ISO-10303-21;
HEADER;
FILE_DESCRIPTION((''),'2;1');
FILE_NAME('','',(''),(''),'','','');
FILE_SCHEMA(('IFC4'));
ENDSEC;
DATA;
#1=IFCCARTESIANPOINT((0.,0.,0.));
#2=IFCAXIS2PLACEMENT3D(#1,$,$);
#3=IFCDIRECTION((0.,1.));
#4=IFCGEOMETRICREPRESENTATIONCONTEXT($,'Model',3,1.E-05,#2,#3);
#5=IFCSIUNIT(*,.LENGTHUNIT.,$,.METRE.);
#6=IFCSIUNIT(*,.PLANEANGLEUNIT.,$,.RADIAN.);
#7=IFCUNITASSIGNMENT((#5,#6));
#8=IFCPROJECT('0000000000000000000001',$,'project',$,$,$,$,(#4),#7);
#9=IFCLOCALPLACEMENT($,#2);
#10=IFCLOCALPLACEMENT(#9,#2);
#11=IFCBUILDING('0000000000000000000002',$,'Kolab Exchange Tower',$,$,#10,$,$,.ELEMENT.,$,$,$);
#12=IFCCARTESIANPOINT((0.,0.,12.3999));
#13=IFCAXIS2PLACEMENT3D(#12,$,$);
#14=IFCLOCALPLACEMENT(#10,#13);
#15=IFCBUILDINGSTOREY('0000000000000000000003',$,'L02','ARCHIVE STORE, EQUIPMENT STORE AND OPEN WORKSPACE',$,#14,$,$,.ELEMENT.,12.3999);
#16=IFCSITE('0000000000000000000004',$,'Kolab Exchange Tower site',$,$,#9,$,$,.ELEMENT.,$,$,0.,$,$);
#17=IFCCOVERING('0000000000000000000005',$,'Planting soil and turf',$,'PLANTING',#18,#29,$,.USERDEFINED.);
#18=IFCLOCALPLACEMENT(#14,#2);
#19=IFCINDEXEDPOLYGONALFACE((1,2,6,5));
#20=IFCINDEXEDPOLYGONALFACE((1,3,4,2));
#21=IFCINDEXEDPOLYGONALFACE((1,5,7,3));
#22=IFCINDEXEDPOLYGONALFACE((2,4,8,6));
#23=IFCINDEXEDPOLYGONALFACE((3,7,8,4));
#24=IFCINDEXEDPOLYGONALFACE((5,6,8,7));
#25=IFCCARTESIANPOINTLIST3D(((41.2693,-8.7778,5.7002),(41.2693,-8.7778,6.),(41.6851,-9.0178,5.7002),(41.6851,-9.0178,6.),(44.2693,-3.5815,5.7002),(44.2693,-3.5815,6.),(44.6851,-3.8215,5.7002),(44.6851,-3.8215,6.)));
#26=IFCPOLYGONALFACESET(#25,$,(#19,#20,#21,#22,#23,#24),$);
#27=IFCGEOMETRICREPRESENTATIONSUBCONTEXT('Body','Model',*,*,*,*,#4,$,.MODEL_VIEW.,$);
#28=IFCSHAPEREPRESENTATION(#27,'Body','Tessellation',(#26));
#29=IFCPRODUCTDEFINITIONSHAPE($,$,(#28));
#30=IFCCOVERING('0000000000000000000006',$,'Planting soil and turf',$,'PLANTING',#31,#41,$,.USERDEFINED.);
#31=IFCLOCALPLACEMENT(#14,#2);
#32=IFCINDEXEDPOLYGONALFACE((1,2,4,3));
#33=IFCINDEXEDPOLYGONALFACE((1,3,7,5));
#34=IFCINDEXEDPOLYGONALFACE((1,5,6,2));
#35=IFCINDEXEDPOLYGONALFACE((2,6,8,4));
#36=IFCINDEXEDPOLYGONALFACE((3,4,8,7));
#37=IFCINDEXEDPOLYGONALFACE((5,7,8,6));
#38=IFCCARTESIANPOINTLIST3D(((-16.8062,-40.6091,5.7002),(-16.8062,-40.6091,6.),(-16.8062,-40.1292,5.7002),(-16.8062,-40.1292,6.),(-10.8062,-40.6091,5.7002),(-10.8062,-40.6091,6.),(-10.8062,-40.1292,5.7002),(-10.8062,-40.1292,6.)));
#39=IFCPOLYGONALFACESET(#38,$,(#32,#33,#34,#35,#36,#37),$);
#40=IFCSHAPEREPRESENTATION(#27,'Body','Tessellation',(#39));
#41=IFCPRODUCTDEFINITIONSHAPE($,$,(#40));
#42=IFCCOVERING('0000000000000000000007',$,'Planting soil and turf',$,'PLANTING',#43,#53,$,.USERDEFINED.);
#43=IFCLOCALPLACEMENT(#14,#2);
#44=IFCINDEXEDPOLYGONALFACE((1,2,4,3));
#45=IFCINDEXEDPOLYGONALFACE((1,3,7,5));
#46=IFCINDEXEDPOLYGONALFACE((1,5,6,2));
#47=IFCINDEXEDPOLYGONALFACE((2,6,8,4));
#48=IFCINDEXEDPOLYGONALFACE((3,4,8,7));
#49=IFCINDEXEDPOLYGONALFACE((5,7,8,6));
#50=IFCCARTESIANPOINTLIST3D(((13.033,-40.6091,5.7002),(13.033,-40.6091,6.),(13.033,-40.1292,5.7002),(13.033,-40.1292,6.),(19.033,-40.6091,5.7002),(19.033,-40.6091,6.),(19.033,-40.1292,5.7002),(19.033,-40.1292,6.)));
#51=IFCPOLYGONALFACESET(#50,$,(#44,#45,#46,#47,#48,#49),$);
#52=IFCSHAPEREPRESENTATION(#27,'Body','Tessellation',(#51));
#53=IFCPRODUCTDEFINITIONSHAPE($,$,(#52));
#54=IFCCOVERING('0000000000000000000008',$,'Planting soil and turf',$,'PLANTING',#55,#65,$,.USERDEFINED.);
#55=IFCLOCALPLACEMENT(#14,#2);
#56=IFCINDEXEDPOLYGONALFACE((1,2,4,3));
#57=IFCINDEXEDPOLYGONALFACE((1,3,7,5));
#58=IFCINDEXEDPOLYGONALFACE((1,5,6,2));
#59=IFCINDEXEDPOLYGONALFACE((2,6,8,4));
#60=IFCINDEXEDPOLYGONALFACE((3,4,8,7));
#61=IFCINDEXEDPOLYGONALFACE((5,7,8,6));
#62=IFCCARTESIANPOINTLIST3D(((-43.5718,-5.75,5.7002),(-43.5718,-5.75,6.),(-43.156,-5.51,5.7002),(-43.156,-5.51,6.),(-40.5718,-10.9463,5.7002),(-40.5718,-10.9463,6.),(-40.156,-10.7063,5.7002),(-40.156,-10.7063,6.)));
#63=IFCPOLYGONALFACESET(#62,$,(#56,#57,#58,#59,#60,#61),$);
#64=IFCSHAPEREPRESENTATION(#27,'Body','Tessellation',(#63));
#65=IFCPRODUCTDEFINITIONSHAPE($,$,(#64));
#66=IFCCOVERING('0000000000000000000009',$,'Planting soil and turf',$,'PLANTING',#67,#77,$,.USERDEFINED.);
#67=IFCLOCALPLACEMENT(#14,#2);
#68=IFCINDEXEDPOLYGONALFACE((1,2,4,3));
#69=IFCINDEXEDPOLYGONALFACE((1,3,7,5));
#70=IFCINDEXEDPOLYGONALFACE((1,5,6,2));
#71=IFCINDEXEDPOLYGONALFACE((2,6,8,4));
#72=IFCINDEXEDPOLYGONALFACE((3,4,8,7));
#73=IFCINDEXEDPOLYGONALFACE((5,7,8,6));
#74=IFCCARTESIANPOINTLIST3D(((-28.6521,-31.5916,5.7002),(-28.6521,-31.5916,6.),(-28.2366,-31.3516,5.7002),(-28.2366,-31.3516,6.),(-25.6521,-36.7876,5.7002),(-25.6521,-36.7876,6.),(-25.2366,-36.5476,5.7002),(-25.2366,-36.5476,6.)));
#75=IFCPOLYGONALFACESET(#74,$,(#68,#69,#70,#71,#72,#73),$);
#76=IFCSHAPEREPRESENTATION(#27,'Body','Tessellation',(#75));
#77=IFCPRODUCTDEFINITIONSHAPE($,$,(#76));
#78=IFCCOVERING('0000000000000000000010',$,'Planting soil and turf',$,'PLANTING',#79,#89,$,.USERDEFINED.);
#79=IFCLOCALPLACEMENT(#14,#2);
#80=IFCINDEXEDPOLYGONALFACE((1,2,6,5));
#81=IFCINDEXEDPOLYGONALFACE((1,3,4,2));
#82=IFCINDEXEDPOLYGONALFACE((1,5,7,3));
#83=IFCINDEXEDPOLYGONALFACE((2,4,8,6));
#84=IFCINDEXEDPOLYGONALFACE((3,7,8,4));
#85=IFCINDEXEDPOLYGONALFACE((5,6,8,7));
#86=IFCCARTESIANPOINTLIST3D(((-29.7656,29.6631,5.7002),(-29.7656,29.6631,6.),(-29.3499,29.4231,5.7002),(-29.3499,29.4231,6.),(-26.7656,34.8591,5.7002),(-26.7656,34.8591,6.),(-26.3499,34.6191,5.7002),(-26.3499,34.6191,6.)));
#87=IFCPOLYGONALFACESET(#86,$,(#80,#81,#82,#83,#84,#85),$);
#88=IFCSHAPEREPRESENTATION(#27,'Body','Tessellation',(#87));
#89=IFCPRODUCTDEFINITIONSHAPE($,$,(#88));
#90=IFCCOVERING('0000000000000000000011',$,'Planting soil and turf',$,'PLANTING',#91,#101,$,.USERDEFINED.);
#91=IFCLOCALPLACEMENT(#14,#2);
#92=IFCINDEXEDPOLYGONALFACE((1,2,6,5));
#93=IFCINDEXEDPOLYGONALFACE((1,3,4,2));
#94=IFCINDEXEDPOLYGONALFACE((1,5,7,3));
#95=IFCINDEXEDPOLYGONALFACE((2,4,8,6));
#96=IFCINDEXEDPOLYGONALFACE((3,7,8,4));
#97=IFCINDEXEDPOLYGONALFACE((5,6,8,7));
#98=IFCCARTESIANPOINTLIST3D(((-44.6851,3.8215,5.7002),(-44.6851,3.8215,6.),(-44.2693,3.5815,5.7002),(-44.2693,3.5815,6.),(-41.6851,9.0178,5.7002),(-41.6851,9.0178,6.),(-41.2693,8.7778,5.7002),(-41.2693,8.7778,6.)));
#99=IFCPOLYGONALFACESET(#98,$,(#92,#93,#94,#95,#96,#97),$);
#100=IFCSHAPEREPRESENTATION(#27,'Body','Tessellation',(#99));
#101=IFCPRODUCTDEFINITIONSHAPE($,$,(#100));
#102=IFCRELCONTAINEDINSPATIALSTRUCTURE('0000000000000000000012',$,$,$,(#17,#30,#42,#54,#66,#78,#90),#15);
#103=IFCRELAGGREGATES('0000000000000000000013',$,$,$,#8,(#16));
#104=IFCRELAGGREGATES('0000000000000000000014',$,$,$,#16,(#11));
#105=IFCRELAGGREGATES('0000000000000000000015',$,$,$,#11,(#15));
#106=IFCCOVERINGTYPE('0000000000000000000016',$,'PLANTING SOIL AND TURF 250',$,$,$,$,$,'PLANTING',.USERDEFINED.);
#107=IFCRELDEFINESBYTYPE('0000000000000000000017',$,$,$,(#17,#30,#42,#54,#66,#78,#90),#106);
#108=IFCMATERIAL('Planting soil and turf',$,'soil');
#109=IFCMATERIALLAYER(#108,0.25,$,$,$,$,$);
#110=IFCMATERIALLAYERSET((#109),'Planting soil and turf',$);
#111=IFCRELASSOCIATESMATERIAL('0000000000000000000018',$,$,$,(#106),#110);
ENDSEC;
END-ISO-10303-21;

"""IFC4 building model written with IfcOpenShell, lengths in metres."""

from ifc_helpers import new_model, si_unit, direction, frame, origin, place, context, subcontext, project, spatial, polyline, outline, extrude, material, layer, layer_set, type_object, element, save


model = new_model("IFC4")

# Units and contexts
model_context = context("Model", 3, precision=1e-05, world=origin(), true_north=direction((0.0, 1.0)))
body_context = subcontext(model_context, "Body", "Model", "MODEL_VIEW")
ifc_project = project(units=[si_unit("LENGTHUNIT", "METRE"), si_unit("PLANEANGLEUNIT", "RADIAN")], contexts=[model_context])

# Site, building, storey
site_placement = place(None, origin())
site = spatial("IfcSite", under=ifc_project, at=site_placement, Name="Kolab Exchange Tower site", CompositionType="ELEMENT", RefElevation=0.0)
building_placement = place(site_placement, origin())
building = spatial("IfcBuilding", under=site, at=building_placement, Name="Kolab Exchange Tower", CompositionType="ELEMENT")
storey_placement = place(building_placement, frame((0.0, 0.0, 12.3999)))
storey = spatial("IfcBuildingStorey", under=building, at=storey_placement, Name="L02", Description="ARCHIVE STORE, EQUIPMENT STORE AND OPEN WORKSPACE", CompositionType="ELEMENT", Elevation=12.3999)

# Coverings
ifc_material_1 = material(Name="Planting soil and turf", Category="soil")
ifc_layer_1 = layer(ifc_material_1, 0.25)
ifc_layer_set_1 = layer_set([ifc_layer_1], Name="Planting soil and turf")
covering_type_1 = type_object("IfcCoveringType", Name="PLANTING SOIL AND TURF 250", ElementType="PLANTING", PredefinedType="USERDEFINED", material=ifc_layer_set_1)
covering_1_placement = place(storey_placement, frame((0.0, 0.0, 5.7002)))
element("IfcCovering", 1, at=covering_1_placement, inside=storey, type_object=covering_type_1, Name="Planting soil and turf", ObjectType="PLANTING", PredefinedType="USERDEFINED", context=body_context, shape_type="SweptSolid", body=[
    extrude(outline(polyline([(41.6851, -9.0178), (41.2693, -8.7778), (44.2693, -3.5815), (44.6851, -3.8215), (41.6851, -9.0178)])), origin(), (0.0, 0.0, 1.0), 0.2998),
])
covering_2_placement = place(storey_placement, frame((0.0, 0.0, 5.7002)))
element("IfcCovering", 2, at=covering_2_placement, inside=storey, type_object=covering_type_1, Name="Planting soil and turf", ObjectType="PLANTING", PredefinedType="USERDEFINED", context=body_context, shape_type="SweptSolid", body=[
    extrude(outline(polyline([(-16.8062, -40.6091), (-16.8062, -40.1292), (-10.8062, -40.1292), (-10.8062, -40.6091), (-16.8062, -40.6091)])), origin(), (0.0, 0.0, 1.0), 0.2998),
])
covering_3_placement = place(storey_placement, frame((0.0, 0.0, 5.7002)))
element("IfcCovering", 3, at=covering_3_placement, inside=storey, type_object=covering_type_1, Name="Planting soil and turf", ObjectType="PLANTING", PredefinedType="USERDEFINED", context=body_context, shape_type="SweptSolid", body=[
    extrude(outline(polyline([(13.033, -40.6091), (13.033, -40.1292), (19.033, -40.1292), (19.033, -40.6091), (13.033, -40.6091)])), origin(), (0.0, 0.0, 1.0), 0.2998),
])
covering_4_placement = place(storey_placement, frame((0.0, 0.0, 5.7002)))
element("IfcCovering", 4, at=covering_4_placement, inside=storey, type_object=covering_type_1, Name="Planting soil and turf", ObjectType="PLANTING", PredefinedType="USERDEFINED", context=body_context, shape_type="SweptSolid", body=[
    extrude(outline(polyline([(-43.5718, -5.75), (-43.156, -5.51), (-40.156, -10.7063), (-40.5718, -10.9463), (-43.5718, -5.75)])), origin(), (0.0, 0.0, 1.0), 0.2998),
])
covering_5_placement = place(storey_placement, frame((0.0, 0.0, 5.7002)))
element("IfcCovering", 5, at=covering_5_placement, inside=storey, type_object=covering_type_1, Name="Planting soil and turf", ObjectType="PLANTING", PredefinedType="USERDEFINED", context=body_context, shape_type="SweptSolid", body=[
    extrude(outline(polyline([(-28.6521, -31.5916), (-28.2366, -31.3516), (-25.2366, -36.5476), (-25.6521, -36.7876), (-28.6521, -31.5916)])), origin(), (0.0, 0.0, 1.0), 0.2998),
])
covering_6_placement = place(storey_placement, frame((0.0, 0.0, 5.7002)))
element("IfcCovering", 6, at=covering_6_placement, inside=storey, type_object=covering_type_1, Name="Planting soil and turf", ObjectType="PLANTING", PredefinedType="USERDEFINED", context=body_context, shape_type="SweptSolid", body=[
    extrude(outline(polyline([(-26.7656, 34.8591), (-26.3499, 34.6191), (-29.3499, 29.4231), (-29.7656, 29.6631), (-26.7656, 34.8591)])), origin(), (0.0, 0.0, 1.0), 0.2998),
])
covering_7_placement = place(storey_placement, frame((0.0, 0.0, 5.7002)))
element("IfcCovering", 7, at=covering_7_placement, inside=storey, type_object=covering_type_1, Name="Planting soil and turf", ObjectType="PLANTING", PredefinedType="USERDEFINED", context=body_context, shape_type="SweptSolid", body=[
    extrude(outline(polyline([(-41.6851, 9.0178), (-41.2693, 8.7778), (-44.2693, 3.5815), (-44.6851, 3.8215), (-41.6851, 9.0178)])), origin(), (0.0, 0.0, 1.0), 0.2998),
])

save(model, "model.ifc")
